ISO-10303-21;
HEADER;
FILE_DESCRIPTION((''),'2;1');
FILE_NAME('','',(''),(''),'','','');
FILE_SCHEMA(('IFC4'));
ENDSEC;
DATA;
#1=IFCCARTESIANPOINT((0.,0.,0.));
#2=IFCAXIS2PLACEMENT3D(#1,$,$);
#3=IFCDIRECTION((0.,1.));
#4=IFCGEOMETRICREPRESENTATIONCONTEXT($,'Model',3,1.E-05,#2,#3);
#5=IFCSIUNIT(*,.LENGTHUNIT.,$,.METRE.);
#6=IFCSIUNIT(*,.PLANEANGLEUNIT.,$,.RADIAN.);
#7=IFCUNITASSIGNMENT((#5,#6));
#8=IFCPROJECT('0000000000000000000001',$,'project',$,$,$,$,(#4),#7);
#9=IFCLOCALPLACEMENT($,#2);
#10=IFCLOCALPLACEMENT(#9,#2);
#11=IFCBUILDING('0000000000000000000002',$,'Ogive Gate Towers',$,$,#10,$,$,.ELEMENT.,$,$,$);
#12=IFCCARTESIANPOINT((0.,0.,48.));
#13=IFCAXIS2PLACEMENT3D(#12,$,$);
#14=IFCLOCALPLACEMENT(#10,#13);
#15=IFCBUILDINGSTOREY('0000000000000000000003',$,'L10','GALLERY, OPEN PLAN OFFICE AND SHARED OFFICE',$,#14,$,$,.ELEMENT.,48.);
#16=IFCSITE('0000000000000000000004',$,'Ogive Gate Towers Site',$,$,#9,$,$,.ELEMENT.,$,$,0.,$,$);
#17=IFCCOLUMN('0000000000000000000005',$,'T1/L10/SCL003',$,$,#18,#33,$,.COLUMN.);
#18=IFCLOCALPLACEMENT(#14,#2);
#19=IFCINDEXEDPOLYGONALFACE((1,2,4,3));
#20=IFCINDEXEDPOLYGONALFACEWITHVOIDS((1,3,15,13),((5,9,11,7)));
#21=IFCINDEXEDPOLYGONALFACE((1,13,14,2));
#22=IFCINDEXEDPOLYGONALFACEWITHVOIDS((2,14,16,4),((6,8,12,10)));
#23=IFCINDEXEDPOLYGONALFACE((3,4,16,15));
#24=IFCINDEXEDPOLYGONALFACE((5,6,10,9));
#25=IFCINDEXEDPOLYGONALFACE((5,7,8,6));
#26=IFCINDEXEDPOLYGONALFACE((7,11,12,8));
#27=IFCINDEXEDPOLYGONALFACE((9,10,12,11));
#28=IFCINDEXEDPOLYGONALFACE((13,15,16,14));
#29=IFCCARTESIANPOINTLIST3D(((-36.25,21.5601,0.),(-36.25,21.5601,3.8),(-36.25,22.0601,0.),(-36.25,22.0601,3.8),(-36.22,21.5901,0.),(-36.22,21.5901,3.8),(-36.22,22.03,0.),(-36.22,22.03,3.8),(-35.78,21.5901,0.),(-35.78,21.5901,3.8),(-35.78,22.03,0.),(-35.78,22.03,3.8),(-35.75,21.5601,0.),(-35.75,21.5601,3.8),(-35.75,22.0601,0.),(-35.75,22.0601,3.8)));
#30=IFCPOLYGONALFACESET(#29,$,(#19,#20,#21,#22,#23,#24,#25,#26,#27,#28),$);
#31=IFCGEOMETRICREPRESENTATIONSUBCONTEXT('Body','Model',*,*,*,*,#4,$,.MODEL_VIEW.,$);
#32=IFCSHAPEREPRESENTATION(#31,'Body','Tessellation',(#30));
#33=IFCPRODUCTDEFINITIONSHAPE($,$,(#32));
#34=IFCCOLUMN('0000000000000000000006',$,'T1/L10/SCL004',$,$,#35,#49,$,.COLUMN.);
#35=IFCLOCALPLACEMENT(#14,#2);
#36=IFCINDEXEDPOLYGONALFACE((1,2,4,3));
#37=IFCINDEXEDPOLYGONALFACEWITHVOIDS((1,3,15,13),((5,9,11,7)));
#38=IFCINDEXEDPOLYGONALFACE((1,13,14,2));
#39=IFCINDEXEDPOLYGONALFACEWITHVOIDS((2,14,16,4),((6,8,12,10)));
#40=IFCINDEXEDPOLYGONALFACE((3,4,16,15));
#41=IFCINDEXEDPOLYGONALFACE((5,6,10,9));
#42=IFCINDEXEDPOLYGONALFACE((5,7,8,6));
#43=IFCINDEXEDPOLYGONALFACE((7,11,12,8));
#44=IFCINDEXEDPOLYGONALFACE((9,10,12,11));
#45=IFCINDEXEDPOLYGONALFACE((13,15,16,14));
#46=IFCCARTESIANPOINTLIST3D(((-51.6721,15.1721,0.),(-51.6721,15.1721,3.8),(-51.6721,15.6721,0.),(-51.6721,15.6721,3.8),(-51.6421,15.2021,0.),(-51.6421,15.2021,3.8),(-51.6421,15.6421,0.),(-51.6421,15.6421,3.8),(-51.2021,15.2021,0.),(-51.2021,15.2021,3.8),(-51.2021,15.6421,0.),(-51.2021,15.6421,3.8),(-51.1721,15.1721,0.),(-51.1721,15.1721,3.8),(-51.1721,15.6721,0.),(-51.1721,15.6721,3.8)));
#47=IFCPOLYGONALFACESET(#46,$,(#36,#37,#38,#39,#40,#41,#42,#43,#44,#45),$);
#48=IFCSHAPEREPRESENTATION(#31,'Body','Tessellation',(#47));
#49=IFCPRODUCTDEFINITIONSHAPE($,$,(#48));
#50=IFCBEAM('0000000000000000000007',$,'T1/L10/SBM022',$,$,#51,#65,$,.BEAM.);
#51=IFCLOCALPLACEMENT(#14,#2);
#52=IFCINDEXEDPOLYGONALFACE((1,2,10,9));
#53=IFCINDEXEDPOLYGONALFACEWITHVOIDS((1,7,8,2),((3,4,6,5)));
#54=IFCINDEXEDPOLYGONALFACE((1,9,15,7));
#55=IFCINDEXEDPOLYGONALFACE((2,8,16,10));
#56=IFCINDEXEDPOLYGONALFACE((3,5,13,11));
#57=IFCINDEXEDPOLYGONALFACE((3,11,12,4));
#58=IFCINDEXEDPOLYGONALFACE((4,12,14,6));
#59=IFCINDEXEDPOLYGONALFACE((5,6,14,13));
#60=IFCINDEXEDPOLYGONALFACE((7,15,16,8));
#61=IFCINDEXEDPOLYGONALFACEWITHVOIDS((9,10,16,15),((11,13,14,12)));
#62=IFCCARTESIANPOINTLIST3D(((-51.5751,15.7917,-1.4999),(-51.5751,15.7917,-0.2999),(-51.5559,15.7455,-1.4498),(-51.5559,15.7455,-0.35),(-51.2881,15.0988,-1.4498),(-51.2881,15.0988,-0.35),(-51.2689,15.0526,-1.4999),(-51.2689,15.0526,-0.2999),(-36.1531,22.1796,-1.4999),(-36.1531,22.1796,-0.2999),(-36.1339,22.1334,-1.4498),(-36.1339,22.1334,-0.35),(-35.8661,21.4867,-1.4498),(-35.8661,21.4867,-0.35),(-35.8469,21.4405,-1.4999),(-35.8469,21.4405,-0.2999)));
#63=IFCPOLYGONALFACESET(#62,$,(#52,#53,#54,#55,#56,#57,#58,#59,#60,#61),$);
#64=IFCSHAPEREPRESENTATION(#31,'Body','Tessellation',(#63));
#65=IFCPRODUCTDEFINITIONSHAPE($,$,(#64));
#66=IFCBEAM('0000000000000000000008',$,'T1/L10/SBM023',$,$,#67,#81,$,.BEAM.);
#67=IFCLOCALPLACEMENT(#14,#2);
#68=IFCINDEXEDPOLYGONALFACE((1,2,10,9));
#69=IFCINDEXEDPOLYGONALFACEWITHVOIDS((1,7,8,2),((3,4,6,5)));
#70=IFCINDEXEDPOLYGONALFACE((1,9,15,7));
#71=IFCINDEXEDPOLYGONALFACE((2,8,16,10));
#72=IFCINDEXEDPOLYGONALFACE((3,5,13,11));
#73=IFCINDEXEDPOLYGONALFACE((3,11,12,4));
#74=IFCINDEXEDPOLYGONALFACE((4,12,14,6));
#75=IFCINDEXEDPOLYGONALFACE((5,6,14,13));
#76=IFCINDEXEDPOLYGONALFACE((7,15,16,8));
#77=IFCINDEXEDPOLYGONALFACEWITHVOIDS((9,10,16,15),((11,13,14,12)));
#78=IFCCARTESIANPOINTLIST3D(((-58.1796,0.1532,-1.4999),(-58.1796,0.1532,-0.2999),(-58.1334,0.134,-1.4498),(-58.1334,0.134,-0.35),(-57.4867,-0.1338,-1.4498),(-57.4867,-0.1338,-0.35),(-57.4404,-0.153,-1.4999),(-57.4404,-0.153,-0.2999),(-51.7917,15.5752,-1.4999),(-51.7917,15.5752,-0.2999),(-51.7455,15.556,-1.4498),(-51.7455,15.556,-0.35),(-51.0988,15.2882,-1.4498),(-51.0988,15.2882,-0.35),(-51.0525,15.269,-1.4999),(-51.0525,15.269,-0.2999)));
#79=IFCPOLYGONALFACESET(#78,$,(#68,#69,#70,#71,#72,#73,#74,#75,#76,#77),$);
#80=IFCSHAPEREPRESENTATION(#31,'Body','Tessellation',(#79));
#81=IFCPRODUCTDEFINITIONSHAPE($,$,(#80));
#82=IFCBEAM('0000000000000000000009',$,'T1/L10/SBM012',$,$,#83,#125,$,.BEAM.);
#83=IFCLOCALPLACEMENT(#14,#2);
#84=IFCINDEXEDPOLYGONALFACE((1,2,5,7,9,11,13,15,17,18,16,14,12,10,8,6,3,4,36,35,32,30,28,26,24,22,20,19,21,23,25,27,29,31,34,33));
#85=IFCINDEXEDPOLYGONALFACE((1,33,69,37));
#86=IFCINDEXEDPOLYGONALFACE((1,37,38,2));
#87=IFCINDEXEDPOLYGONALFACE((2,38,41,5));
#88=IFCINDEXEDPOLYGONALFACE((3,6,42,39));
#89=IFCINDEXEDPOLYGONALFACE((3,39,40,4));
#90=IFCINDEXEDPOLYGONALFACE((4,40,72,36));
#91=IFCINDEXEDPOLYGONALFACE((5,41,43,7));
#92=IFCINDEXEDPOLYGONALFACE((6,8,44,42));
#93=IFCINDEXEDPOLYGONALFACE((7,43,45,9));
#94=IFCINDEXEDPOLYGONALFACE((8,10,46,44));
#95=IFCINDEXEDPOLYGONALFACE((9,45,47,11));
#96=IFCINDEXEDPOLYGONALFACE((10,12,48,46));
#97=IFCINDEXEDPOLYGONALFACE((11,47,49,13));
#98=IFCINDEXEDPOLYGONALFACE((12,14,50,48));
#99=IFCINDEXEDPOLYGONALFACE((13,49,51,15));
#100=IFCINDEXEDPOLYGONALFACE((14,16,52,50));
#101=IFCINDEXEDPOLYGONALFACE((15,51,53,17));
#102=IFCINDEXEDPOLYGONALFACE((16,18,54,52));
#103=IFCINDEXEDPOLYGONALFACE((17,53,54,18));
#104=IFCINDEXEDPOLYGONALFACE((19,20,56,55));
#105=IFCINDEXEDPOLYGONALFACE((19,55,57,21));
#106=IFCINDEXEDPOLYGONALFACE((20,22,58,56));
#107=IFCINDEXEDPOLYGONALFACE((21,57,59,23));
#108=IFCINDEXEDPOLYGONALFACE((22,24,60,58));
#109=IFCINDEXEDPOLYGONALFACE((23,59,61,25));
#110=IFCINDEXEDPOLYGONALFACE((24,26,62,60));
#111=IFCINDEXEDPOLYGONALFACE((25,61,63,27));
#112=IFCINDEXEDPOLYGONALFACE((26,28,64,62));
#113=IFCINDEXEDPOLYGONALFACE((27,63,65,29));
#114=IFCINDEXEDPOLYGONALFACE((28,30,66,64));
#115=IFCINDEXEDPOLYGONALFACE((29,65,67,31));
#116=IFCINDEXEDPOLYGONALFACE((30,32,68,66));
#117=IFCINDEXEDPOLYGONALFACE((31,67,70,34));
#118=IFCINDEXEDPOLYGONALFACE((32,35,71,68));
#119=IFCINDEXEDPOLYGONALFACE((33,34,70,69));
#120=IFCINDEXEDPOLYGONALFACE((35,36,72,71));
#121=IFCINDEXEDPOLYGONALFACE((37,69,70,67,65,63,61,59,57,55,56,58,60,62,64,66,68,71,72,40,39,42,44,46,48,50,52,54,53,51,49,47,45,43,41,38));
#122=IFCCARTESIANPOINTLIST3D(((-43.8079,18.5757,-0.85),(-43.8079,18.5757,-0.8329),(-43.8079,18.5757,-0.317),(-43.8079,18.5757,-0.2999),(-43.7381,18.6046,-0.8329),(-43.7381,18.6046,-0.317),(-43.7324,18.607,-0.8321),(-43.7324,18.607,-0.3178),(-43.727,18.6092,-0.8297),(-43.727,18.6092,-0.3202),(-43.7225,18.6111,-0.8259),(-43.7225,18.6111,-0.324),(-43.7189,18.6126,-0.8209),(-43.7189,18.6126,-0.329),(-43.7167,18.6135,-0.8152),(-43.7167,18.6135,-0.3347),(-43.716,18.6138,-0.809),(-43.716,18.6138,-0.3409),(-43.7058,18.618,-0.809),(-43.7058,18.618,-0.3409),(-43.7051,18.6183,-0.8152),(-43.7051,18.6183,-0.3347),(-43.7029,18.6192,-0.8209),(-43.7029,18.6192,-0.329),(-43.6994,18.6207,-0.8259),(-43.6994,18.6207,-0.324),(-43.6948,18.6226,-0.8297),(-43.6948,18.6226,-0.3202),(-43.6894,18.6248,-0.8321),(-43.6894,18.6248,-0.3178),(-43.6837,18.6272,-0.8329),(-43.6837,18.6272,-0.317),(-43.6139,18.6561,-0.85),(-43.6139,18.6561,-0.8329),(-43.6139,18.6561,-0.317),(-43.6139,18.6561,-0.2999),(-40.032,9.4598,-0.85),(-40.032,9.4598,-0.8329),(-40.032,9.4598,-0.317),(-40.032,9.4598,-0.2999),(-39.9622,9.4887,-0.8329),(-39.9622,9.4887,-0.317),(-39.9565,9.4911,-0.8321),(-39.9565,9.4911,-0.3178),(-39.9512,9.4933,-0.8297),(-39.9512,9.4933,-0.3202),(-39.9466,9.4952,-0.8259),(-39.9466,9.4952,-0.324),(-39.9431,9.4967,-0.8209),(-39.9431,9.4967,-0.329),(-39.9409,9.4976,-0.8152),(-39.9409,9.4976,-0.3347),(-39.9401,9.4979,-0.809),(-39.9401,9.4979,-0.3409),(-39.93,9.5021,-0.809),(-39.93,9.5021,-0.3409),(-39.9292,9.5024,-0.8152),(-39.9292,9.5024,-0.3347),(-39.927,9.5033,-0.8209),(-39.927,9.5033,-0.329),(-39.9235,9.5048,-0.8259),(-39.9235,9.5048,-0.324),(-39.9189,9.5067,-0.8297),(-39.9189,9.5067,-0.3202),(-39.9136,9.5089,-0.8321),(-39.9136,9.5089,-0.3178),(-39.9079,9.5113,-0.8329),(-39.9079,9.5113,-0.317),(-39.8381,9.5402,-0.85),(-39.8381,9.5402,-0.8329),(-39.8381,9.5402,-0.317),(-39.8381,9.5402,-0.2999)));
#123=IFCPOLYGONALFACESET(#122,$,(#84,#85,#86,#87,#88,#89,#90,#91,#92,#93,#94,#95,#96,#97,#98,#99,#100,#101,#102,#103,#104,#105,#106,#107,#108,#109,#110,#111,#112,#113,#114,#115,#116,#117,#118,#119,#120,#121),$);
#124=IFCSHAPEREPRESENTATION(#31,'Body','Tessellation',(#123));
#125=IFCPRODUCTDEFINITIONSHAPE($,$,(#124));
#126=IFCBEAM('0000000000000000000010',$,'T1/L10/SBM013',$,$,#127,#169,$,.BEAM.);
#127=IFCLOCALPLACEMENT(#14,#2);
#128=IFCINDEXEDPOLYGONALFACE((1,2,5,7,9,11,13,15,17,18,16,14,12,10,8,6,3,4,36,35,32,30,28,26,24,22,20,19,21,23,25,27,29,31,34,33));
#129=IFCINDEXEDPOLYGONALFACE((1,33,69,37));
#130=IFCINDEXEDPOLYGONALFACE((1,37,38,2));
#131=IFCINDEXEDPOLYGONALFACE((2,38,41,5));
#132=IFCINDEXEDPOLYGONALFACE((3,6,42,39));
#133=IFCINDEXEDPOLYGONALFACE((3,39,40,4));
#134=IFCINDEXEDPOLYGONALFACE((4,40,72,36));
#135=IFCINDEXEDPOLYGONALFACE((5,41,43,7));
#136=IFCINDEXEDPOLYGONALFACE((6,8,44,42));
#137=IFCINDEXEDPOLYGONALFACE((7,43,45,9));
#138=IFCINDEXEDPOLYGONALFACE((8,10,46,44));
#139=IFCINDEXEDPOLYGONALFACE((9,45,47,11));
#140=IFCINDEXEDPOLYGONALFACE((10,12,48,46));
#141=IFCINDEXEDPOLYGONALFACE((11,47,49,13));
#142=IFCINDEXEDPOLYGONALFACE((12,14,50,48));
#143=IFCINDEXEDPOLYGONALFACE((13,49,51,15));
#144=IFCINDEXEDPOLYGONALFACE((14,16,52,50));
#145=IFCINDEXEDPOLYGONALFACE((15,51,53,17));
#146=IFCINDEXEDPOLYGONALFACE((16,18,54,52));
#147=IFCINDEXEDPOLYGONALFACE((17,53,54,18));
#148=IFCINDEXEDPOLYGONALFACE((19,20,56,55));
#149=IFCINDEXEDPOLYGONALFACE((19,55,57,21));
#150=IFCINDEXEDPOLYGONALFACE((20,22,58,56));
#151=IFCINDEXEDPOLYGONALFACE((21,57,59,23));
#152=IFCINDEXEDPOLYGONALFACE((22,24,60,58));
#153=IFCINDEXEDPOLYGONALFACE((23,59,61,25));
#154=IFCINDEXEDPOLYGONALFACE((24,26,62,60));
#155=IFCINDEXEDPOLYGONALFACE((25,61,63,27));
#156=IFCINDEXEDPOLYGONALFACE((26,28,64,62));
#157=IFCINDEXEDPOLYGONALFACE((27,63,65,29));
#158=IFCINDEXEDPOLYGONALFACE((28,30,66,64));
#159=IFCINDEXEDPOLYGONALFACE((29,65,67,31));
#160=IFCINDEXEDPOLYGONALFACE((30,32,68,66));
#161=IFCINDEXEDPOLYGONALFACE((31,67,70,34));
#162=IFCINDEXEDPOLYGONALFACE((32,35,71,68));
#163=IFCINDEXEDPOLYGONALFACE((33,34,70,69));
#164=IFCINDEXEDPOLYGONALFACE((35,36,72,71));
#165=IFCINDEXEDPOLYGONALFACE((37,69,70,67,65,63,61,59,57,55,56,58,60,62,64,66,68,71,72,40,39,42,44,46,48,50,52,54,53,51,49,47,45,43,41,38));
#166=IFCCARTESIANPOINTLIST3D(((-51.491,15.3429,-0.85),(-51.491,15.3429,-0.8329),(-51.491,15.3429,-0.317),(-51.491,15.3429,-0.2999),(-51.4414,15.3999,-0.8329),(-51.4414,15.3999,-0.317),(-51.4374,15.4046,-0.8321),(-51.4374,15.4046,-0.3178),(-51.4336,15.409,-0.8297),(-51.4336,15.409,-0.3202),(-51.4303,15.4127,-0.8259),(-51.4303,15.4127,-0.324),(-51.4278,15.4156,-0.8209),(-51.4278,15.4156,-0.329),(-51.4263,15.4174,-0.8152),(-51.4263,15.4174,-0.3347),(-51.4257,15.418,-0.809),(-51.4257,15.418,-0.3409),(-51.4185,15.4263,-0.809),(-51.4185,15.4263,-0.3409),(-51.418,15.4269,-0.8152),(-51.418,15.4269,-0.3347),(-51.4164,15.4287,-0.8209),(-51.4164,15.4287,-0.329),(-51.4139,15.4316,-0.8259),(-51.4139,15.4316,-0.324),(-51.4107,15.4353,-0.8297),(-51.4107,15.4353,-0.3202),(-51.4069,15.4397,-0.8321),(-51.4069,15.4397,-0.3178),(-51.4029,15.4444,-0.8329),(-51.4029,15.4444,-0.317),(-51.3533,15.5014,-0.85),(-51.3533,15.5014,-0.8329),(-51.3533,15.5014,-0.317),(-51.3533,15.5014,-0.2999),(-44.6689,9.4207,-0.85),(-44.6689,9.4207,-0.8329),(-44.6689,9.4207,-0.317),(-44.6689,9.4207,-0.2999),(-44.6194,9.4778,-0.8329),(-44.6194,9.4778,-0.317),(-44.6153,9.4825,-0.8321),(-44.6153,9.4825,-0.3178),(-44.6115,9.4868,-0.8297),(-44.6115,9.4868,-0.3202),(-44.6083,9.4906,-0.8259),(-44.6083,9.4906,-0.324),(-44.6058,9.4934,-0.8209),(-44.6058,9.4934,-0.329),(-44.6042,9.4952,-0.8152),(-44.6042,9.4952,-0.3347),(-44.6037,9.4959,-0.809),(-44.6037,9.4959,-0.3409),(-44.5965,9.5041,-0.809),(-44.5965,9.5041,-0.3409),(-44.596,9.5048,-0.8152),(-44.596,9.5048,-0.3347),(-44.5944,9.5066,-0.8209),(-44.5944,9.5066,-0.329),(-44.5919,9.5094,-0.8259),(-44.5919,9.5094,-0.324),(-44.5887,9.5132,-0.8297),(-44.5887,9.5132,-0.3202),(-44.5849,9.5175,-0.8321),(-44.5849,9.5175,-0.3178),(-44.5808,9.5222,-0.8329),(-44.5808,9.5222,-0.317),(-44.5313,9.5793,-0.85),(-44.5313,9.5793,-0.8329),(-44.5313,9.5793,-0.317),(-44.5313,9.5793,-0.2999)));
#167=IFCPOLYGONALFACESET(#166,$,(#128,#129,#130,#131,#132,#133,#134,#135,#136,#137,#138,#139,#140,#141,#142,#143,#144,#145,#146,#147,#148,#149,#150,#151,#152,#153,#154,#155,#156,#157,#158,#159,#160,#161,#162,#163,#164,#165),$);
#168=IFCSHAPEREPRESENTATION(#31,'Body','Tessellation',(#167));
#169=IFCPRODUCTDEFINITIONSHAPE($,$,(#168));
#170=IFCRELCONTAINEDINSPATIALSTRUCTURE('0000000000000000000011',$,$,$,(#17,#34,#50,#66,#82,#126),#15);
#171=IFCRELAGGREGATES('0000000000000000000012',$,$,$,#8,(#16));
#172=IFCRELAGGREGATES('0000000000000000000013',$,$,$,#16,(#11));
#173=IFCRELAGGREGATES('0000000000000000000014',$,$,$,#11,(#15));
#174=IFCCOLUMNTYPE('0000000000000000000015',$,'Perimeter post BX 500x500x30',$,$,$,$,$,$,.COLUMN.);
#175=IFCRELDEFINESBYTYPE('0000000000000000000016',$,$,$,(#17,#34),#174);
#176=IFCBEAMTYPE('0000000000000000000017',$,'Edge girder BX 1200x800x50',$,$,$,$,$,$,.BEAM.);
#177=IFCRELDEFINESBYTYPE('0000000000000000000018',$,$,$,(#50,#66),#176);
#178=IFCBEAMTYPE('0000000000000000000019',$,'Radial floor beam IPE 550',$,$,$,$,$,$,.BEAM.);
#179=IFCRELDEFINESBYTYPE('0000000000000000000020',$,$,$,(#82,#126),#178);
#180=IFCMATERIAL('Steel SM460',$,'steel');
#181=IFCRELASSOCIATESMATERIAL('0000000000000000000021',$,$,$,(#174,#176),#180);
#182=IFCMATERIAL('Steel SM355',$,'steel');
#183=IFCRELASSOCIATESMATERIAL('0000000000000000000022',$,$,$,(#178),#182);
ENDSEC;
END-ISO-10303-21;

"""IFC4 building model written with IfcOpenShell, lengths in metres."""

from ifc_helpers import new_model, si_unit, direction, frame, origin, origin_2d, place, context, subcontext, project, spatial, hollow_rectangle, i_section, extrude, material, material_profile, profile_set, type_object, element, save


model = new_model("IFC4")

# Units and contexts
model_context = context("Model", 3, precision=1e-05, world=origin(), true_north=direction((0.0, 1.0)))
body_context = subcontext(model_context, "Body", "Model", "MODEL_VIEW")
ifc_project = project(units=[si_unit("LENGTHUNIT", "METRE"), si_unit("PLANEANGLEUNIT", "RADIAN")], contexts=[model_context])

# Site, building, storey
site_placement = place(None, origin())
site = spatial("IfcSite", under=ifc_project, at=site_placement, Name="Ogive Gate Towers Site", CompositionType="ELEMENT", RefElevation=0.0)
building_placement = place(site_placement, origin())
building = spatial("IfcBuilding", under=site, at=building_placement, Name="Ogive Gate Towers", CompositionType="ELEMENT")
storey_placement = place(building_placement, frame((0.0, 0.0, 48.0)))
storey = spatial("IfcBuildingStorey", under=building, at=storey_placement, Name="L10", Description="GALLERY, OPEN PLAN OFFICE AND SHARED OFFICE", CompositionType="ELEMENT", Elevation=48.0)

# Columns
ifc_material_1 = material(Name="Steel SM460", Category="steel")
ifc_material_profile_1 = material_profile(ifc_material_1, hollow_rectangle(XDim=0.5, YDim=0.5, WallThickness=0.03, at=origin_2d()), Name="BX 500x500x30")
ifc_profile_set_1 = profile_set([ifc_material_profile_1], Name="Steel SM460")
column_type = type_object("IfcColumnType", Name="Perimeter post BX 500x500x30", PredefinedType="COLUMN", material=ifc_profile_set_1)
for number, where, z_axis, x_axis, name in (
    (1, (-36.0, 21.8101, 0.0), (0.0, 0.0, 1.0), (1.0, 0.0, 0.0), "T1/L10/SCL003"),
    (2, (-51.4221, 15.4221, 0.0), (0.0, 0.0, 1.0), (1.0, 0.0, 0.0), "T1/L10/SCL004"),
):
    element("IfcColumn", number, at=place(storey_placement, frame(where, z_axis=z_axis, x_axis=x_axis)), inside=storey, type_object=column_type, Name=name, PredefinedType="COLUMN", context=body_context, shape_type="SweptSolid", body=[
        extrude(hollow_rectangle(XDim=0.5, YDim=0.5, WallThickness=0.03, at=origin_2d()), origin(), (0.0, 0.0, 1.0), 3.8),
    ])

# Beams
ifc_material_profile_2 = material_profile(ifc_material_1, hollow_rectangle(XDim=0.8, YDim=1.2, WallThickness=0.05, at=origin_2d()), Name="BX 1200x800x50")
ifc_profile_set_2 = profile_set([ifc_material_profile_2], Name="Steel SM460")
beam_type_1 = type_object("IfcBeamType", Name="Edge girder BX 1200x800x50", PredefinedType="BEAM", material=ifc_profile_set_2)
for number, where, z_axis, x_axis, name in (
    (3, (-36.0, 21.8101, -0.8999), (-0.923882, -0.382678, 0.0), (0.382678, -0.923882, 0.0), "T1/L10/SBM022"),
    (4, (-51.4221, 15.4221, -0.8999), (-0.382678, -0.923882, 0.0), (0.923882, -0.382678, 0.0), "T1/L10/SBM023"),
):
    element("IfcBeam", number, at=place(storey_placement, frame(where, z_axis=z_axis, x_axis=x_axis)), inside=storey, type_object=beam_type_1, Name=name, PredefinedType="BEAM", context=body_context, shape_type="SweptSolid", body=[
        extrude(hollow_rectangle(XDim=0.8, YDim=1.2, WallThickness=0.05, at=origin_2d()), origin(), (0.0, 0.0, 1.0), 16.6926),
    ])
ifc_material_2 = material(Name="Steel SM355", Category="steel")
ifc_material_profile_3 = material_profile(ifc_material_2, i_section(OverallWidth=0.21, OverallDepth=0.55, WebThickness=0.011, FlangeThickness=0.0171, FilletRadius=0.0239, at=origin_2d()), Name="IPE 550")
ifc_profile_set_3 = profile_set([ifc_material_profile_3], Name="Steel SM355")
beam_type_2 = type_object("IfcBeamType", Name="Radial floor beam IPE 550", PredefinedType="BEAM", material=ifc_profile_set_3)
beam_1_placement = place(storey_placement, frame((-39.9351, 9.5, -0.575), z_axis=(-0.382677, 0.923882, 0.0), x_axis=(-0.923882, -0.382677, 0.0)))
element("IfcBeam", 5, at=beam_1_placement, inside=storey, type_object=beam_type_2, Name="T1/L10/SBM012", PredefinedType="BEAM", context=body_context, shape_type="SweptSolid", body=[
    extrude(i_section(OverallWidth=0.21, OverallDepth=0.55, WebThickness=0.011, FlangeThickness=0.0171, FilletRadius=0.0239, at=origin_2d()), origin(), (0.0, 0.0, 1.0), 9.8669),
])
beam_2_placement = place(storey_placement, frame((-44.6001, 9.5, -0.575), z_axis=(-0.755157, 0.655544, 0.0), x_axis=(-0.655544, -0.755157, 0.0)))
element("IfcBeam", 6, at=beam_2_placement, inside=storey, type_object=beam_type_2, Name="T1/L10/SBM013", PredefinedType="BEAM", context=body_context, shape_type="SweptSolid", body=[
    extrude(i_section(OverallWidth=0.21, OverallDepth=0.55, WebThickness=0.011, FlangeThickness=0.0171, FilletRadius=0.0239, at=origin_2d()), origin(), (0.0, 0.0, 1.0), 9.0339),
])

save(model, "model.ifc")
